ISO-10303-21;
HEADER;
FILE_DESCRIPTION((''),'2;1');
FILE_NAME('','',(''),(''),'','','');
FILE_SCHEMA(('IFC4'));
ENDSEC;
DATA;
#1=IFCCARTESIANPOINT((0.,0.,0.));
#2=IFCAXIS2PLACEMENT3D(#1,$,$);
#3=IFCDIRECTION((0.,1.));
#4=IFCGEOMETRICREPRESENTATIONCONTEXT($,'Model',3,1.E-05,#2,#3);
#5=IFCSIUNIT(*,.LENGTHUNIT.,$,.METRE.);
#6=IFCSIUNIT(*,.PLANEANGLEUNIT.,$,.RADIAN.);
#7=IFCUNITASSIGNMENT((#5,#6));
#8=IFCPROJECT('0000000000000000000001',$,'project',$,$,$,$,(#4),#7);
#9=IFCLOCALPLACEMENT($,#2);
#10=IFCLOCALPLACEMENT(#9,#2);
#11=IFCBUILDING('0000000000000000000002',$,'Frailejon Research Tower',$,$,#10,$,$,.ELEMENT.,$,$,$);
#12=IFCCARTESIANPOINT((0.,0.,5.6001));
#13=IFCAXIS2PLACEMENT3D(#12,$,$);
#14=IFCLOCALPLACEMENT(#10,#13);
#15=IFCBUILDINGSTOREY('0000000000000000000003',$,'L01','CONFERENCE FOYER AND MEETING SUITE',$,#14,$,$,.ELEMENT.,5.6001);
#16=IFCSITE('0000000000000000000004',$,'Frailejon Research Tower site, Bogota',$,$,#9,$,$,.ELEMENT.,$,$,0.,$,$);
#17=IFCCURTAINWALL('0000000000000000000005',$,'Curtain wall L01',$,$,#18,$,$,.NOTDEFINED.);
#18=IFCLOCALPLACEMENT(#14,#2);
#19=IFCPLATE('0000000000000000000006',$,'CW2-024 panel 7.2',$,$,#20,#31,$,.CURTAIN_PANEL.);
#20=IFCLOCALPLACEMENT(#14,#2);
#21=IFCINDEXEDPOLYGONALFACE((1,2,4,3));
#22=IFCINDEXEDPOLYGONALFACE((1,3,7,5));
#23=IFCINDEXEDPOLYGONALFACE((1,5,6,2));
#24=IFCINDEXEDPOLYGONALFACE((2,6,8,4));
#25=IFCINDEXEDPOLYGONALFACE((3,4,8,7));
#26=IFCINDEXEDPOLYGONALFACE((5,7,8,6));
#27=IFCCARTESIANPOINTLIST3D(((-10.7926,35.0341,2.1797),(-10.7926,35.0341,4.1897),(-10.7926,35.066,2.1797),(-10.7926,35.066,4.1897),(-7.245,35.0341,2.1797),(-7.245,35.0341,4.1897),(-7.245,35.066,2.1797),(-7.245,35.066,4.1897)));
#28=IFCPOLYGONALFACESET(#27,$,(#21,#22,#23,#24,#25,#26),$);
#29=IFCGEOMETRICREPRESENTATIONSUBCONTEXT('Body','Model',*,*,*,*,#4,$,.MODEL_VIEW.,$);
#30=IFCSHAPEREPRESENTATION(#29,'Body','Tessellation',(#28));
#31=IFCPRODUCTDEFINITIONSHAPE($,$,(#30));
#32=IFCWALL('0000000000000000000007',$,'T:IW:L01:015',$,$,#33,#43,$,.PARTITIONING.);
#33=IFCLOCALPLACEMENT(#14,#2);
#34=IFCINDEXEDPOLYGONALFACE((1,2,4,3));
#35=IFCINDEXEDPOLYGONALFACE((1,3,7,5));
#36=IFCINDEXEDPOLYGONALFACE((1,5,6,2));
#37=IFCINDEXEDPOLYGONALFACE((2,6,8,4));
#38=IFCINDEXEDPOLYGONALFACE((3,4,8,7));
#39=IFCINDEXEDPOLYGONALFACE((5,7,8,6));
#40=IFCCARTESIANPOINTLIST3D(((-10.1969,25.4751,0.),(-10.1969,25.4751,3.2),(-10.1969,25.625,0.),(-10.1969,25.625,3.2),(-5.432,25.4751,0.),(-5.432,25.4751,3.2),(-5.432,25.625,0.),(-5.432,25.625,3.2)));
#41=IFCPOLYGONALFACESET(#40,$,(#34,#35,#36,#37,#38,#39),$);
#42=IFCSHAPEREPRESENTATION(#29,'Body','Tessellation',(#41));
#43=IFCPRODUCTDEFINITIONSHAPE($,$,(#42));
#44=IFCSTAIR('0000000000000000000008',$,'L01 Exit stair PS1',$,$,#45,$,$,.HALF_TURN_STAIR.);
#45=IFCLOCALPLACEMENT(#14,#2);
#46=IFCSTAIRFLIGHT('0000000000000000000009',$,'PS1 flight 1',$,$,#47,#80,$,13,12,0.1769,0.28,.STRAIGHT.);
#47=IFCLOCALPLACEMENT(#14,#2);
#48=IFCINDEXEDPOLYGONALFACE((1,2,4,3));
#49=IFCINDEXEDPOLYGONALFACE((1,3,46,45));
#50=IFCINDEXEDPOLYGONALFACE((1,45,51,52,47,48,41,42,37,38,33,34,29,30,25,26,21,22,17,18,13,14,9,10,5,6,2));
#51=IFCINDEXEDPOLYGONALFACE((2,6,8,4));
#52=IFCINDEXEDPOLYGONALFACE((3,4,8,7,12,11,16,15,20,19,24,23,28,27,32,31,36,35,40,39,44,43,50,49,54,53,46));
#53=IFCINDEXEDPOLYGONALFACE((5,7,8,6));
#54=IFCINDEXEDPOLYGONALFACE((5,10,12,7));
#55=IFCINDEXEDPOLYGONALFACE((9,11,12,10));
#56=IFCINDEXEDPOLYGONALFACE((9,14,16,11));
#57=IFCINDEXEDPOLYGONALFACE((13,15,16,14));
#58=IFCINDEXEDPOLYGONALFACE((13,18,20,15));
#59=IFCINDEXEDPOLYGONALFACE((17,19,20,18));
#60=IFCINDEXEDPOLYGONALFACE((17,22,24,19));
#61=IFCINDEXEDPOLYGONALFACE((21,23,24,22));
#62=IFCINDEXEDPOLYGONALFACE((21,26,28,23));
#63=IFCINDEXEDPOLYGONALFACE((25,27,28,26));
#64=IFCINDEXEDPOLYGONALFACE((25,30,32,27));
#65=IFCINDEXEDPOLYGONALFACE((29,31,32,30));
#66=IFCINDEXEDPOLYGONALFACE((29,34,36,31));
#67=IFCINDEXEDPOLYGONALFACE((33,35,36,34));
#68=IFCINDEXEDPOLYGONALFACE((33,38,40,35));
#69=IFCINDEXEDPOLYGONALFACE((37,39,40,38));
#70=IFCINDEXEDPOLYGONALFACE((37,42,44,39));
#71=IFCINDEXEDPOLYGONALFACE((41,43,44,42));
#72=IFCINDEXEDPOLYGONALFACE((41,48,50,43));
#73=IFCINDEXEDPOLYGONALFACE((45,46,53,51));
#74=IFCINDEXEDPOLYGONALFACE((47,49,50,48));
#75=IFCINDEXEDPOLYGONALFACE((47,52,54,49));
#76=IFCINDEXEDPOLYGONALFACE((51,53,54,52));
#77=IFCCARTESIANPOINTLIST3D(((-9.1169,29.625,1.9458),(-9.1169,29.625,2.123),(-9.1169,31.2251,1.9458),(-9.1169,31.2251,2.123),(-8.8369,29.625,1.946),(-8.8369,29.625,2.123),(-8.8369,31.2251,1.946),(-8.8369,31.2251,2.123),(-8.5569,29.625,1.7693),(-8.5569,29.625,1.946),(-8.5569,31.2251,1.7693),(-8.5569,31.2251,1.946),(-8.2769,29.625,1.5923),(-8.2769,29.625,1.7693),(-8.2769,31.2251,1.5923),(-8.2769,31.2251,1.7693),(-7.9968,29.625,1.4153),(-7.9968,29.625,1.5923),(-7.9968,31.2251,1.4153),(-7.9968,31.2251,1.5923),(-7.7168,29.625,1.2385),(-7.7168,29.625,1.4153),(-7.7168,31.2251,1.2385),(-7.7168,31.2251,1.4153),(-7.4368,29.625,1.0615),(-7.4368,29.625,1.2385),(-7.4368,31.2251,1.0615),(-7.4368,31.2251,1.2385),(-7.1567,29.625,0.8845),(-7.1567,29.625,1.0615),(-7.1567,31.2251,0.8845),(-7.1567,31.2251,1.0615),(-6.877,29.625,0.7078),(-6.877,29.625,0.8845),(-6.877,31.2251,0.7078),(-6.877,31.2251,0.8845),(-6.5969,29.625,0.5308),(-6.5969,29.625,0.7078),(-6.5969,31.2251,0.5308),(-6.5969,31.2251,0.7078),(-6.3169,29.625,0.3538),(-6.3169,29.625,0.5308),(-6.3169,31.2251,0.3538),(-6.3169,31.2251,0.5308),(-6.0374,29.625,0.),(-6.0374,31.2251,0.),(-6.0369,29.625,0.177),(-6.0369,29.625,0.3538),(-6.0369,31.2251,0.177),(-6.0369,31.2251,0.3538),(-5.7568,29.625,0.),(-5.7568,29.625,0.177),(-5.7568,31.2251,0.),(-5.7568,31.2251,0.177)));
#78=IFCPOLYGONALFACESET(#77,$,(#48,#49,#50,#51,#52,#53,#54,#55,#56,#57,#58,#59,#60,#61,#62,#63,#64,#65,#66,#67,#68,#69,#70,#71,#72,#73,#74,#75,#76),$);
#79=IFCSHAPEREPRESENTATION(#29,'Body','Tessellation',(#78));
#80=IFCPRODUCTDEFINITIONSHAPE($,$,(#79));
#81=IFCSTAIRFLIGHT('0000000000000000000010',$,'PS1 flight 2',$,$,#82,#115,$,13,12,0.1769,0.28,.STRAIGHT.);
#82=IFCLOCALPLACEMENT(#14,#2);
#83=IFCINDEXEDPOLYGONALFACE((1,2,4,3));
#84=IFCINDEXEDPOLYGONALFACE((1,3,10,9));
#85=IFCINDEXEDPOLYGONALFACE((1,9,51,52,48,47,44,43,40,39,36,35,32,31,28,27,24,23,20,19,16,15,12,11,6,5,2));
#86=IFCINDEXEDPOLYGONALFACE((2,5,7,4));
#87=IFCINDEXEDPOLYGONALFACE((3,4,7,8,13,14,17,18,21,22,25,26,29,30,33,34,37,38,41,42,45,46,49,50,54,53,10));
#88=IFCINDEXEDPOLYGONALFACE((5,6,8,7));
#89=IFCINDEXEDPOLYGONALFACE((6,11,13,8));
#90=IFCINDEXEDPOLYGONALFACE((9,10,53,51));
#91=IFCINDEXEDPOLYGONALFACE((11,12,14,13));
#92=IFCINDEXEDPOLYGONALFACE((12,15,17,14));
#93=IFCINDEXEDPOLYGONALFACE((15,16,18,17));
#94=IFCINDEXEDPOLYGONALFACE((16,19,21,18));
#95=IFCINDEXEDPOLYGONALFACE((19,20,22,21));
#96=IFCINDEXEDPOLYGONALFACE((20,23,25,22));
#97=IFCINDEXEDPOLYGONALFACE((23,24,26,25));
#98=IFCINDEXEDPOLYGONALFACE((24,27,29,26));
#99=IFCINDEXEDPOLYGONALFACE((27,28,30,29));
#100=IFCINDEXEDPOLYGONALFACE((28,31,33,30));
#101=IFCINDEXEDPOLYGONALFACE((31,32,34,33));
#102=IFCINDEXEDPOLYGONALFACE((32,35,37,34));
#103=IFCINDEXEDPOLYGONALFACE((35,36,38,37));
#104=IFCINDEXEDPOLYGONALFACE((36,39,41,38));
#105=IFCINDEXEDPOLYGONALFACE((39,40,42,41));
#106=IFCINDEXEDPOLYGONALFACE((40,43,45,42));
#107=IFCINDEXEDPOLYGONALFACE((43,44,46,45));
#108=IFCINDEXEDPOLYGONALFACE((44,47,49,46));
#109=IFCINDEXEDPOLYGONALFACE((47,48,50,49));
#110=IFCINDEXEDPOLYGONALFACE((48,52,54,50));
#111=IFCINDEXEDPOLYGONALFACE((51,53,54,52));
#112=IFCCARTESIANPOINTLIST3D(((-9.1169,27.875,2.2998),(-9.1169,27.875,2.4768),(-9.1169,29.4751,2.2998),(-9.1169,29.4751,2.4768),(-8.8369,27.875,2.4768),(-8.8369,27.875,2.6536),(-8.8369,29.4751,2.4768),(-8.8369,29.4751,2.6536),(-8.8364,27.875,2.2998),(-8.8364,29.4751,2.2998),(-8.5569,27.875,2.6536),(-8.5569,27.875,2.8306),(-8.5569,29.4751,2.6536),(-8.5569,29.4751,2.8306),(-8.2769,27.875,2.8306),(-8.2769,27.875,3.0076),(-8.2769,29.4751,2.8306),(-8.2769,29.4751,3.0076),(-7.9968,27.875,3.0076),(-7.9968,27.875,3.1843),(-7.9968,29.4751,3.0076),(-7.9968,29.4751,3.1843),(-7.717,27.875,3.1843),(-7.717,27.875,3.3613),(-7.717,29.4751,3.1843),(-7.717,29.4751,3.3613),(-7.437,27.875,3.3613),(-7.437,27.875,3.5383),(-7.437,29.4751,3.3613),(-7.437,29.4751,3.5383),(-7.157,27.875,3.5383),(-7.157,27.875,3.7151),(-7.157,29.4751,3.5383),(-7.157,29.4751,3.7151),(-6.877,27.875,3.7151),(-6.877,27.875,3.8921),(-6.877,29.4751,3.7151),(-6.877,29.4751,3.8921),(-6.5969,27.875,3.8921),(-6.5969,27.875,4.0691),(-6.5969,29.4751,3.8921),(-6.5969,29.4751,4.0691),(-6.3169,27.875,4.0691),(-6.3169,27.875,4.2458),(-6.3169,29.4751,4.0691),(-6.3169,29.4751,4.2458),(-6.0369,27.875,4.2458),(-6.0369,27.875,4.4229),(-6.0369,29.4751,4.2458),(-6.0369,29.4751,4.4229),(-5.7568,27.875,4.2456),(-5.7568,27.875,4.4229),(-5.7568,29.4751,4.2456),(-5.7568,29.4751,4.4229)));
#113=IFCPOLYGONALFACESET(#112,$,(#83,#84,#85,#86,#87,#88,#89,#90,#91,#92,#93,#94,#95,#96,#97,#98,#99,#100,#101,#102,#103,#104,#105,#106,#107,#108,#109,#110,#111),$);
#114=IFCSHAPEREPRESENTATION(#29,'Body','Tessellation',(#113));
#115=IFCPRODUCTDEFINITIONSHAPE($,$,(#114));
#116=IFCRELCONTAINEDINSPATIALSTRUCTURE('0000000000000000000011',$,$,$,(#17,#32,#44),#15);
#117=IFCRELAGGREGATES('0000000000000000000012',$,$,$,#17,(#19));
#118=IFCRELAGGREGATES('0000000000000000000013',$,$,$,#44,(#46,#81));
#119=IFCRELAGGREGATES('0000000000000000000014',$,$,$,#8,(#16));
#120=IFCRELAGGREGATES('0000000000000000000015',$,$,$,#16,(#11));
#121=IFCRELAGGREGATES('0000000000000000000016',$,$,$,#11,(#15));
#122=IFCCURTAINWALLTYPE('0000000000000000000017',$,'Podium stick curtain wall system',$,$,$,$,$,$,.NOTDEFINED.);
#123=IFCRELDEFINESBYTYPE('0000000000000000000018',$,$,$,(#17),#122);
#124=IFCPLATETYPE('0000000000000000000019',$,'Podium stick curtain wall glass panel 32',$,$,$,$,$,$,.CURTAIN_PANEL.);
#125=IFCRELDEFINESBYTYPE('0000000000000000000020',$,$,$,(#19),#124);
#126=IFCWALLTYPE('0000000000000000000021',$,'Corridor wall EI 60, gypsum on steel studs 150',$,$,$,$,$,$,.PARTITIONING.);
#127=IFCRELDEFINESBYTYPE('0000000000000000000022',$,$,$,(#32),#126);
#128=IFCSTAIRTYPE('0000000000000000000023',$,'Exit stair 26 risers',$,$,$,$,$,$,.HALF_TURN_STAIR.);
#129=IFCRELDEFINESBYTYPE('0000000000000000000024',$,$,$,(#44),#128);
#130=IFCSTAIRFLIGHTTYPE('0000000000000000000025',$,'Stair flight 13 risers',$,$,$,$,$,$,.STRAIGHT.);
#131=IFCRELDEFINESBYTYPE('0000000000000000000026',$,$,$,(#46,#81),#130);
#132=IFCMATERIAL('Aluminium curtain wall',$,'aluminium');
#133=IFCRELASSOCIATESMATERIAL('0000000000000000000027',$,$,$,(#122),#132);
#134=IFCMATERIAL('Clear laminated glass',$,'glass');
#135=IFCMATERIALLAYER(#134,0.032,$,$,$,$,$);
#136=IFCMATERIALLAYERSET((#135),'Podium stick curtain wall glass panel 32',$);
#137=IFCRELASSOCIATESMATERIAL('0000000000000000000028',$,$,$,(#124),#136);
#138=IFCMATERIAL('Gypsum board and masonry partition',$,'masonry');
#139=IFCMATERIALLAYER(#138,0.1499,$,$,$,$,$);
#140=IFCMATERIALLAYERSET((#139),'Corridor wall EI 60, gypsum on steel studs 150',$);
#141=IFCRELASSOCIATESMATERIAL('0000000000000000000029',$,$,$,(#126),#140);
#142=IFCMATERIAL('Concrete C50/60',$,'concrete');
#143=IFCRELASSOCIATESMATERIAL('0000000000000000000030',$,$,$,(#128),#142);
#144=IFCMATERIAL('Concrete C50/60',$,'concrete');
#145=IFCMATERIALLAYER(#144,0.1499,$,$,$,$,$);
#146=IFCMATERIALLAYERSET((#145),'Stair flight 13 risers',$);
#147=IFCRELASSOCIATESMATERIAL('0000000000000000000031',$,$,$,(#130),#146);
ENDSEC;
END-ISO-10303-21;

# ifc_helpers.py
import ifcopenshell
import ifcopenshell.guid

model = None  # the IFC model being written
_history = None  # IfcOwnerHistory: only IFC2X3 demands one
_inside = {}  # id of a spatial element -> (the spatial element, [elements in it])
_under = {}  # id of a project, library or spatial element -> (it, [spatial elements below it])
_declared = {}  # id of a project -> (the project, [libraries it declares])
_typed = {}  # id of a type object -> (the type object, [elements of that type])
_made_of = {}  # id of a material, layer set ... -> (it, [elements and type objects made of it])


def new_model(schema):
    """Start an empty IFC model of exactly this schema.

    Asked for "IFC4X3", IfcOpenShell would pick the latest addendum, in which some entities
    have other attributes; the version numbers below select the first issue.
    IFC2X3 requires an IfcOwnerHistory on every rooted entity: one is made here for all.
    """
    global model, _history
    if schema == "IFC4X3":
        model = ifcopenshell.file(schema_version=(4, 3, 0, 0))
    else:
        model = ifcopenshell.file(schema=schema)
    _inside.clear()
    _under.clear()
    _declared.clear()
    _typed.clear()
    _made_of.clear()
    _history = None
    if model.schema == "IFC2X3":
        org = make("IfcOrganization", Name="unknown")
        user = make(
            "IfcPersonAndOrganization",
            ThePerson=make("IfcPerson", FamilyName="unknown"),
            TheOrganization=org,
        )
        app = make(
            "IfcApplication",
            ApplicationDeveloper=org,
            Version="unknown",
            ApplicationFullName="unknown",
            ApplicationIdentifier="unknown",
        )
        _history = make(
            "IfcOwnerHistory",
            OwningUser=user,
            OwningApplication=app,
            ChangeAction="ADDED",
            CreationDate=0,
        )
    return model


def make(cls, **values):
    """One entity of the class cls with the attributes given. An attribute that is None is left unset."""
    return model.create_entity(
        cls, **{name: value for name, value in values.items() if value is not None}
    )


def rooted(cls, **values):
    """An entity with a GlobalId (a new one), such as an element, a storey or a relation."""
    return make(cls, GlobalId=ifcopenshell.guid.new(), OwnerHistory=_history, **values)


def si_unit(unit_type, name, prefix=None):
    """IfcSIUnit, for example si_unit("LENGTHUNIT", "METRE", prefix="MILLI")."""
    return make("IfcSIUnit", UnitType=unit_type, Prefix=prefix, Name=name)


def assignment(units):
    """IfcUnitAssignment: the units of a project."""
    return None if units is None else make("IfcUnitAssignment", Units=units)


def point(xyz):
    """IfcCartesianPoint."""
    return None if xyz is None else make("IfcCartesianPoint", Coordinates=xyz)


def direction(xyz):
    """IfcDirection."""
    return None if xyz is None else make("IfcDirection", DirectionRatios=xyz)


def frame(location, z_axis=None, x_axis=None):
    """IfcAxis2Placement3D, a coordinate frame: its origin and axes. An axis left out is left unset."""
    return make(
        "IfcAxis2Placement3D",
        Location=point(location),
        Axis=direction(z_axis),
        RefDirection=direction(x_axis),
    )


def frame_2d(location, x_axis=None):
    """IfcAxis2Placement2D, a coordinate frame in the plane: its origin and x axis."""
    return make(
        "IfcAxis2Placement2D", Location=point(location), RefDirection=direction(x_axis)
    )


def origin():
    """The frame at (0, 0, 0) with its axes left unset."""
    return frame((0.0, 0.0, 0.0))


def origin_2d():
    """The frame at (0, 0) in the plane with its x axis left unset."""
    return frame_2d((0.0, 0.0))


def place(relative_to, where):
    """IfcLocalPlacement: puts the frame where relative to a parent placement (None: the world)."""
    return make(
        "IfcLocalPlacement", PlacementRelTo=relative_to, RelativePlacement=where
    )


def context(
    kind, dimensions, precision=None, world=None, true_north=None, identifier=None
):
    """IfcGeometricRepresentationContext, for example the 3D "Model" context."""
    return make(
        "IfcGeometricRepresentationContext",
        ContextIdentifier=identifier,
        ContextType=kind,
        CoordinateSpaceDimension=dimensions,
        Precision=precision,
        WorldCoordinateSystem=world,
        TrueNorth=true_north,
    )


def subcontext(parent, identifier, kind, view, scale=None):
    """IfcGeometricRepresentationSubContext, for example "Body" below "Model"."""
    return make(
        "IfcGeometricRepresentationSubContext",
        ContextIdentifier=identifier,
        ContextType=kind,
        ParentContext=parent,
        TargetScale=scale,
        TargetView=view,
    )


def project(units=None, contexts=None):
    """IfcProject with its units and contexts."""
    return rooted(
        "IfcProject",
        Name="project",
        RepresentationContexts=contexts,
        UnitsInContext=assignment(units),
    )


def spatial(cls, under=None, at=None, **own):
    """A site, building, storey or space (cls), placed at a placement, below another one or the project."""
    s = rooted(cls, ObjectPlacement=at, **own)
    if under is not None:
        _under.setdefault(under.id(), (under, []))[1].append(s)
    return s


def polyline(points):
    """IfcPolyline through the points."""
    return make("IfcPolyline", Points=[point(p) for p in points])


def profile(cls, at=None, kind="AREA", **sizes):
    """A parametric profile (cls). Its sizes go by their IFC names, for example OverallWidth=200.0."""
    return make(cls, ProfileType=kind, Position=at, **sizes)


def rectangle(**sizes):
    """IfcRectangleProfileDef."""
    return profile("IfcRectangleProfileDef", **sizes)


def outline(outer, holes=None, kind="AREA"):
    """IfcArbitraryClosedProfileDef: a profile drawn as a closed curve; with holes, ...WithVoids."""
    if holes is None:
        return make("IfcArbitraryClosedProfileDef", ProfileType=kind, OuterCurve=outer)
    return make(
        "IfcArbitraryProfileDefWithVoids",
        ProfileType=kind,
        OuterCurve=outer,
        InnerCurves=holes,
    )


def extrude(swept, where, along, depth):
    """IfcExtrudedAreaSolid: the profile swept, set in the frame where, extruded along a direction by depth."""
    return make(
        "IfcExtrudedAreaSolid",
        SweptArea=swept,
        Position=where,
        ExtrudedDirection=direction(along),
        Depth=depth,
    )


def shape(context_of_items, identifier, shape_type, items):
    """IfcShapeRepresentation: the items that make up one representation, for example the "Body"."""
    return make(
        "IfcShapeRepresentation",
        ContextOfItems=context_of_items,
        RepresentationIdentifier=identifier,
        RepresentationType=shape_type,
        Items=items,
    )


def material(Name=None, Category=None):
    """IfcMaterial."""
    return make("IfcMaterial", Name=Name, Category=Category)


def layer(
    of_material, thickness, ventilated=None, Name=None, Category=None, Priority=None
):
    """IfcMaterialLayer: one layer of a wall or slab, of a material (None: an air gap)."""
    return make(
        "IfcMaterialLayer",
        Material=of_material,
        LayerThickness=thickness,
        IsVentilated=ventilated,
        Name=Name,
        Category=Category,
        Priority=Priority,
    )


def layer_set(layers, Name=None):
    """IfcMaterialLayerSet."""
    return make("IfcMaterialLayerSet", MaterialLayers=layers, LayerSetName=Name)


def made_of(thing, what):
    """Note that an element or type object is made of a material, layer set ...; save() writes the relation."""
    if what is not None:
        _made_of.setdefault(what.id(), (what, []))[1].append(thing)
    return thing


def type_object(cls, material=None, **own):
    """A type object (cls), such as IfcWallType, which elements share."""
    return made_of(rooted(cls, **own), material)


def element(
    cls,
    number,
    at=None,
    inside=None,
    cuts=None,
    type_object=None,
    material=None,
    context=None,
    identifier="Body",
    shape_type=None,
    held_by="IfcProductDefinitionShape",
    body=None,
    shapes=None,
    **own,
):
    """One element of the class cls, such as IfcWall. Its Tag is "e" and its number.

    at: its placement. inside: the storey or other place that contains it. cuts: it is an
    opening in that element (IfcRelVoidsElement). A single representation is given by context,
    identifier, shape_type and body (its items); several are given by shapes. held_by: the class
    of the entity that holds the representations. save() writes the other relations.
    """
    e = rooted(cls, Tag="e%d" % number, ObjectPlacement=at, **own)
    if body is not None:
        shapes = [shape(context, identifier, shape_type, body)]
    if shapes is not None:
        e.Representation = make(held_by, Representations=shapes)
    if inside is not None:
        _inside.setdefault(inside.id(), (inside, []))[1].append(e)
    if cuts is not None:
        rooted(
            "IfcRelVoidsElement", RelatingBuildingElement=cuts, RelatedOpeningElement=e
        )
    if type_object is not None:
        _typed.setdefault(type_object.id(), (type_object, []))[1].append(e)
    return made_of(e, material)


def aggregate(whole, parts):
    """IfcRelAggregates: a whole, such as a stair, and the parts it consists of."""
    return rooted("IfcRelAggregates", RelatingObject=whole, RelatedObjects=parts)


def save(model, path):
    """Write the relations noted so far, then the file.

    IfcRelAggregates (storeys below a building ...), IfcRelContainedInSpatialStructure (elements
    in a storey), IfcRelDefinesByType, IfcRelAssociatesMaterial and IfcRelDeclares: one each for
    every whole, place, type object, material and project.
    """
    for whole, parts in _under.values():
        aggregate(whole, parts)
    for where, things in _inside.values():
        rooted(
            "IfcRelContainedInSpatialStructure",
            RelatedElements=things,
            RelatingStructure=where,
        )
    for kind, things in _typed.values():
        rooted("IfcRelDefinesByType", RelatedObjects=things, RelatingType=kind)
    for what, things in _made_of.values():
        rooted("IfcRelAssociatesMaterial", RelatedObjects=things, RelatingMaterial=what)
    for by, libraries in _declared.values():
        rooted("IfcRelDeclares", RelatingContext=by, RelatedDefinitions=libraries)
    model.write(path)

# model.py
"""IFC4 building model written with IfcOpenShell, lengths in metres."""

from ifc_helpers import new_model, si_unit, direction, frame, frame_2d, origin, origin_2d, place, context, subcontext, project, spatial, polyline, rectangle, outline, extrude, material, layer, layer_set, type_object, element, aggregate, save


model = new_model("IFC4")

# Units and contexts
model_context = context("Model", 3, precision=1e-05, world=origin(), true_north=direction((0.0, 1.0)))
body_context = subcontext(model_context, "Body", "Model", "MODEL_VIEW")
ifc_project = project(units=[si_unit("LENGTHUNIT", "METRE"), si_unit("PLANEANGLEUNIT", "RADIAN")], contexts=[model_context])

# Site, building, storey
site_placement = place(None, origin())
site = spatial("IfcSite", under=ifc_project, at=site_placement, Name="Frailejon Research Tower site, Bogota", CompositionType="ELEMENT", RefElevation=0.0)
building_placement = place(site_placement, origin())
building = spatial("IfcBuilding", under=site, at=building_placement, Name="Frailejon Research Tower", CompositionType="ELEMENT")
storey_placement = place(building_placement, frame((0.0, 0.0, 5.6001)))
storey = spatial("IfcBuildingStorey", under=building, at=storey_placement, Name="L01", Description="CONFERENCE FOYER AND MEETING SUITE", CompositionType="ELEMENT", Elevation=5.6001)

# Curtain wall, plate
ifc_material_1 = material(Name="Aluminium curtain wall", Category="aluminium")
curtain_wall_type = type_object("IfcCurtainWallType", Name="Podium stick curtain wall system", PredefinedType="NOTDEFINED", material=ifc_material_1)
curtain_wall_placement = place(storey_placement, origin())
curtain_wall = element("IfcCurtainWall", 1, at=curtain_wall_placement, inside=storey, type_object=curtain_wall_type, Name="Curtain wall L01", PredefinedType="NOTDEFINED")
ifc_material_2 = material(Name="Clear laminated glass", Category="glass")
ifc_layer_1 = layer(ifc_material_2, 0.032)
ifc_layer_set_1 = layer_set([ifc_layer_1], Name="Podium stick curtain wall glass panel 32")
plate_type = type_object("IfcPlateType", Name="Podium stick curtain wall glass panel 32", PredefinedType="CURTAIN_PANEL", material=ifc_layer_set_1)
plate_1_placement = place(storey_placement, frame((-9.0188, 35.05, 2.1797), z_axis=(0.0, 0.0, 1.0), x_axis=(-1.0, 0.0, 0.0)))
plate_1 = element("IfcPlate", 2, at=plate_1_placement, type_object=plate_type, Name="CW2-024 panel 7.2", PredefinedType="CURTAIN_PANEL", context=body_context, shape_type="SweptSolid", body=[
    extrude(rectangle(XDim=3.5476, YDim=0.032, at=origin_2d()), origin(), (0.0, 0.0, 1.0), 2.01),
])
aggregate(curtain_wall, [plate_1])

# Wall
ifc_material_3 = material(Name="Gypsum board and masonry partition", Category="masonry")
ifc_layer_2 = layer(ifc_material_3, 0.1499)
ifc_layer_set_2 = layer_set([ifc_layer_2], Name="Corridor wall EI 60, gypsum on steel studs 150")
wall_type = type_object("IfcWallType", Name="Corridor wall EI 60, gypsum on steel studs 150", PredefinedType="PARTITIONING", material=ifc_layer_set_2)
wall_placement = place(storey_placement, frame((-10.1968, 25.55, 0.0), z_axis=(0.0, 0.0, 1.0), x_axis=(1.0, 0.0, 0.0)))
element("IfcWall", 3, at=wall_placement, inside=storey, type_object=wall_type, Name="T:IW:L01:015", PredefinedType="PARTITIONING", context=body_context, shape_type="SweptSolid", body=[
    extrude(rectangle(XDim=4.7649, YDim=0.1499, at=frame_2d((2.3823, 0.0))), origin(), (0.0, 0.0, 1.0), 3.2),
])

# Stair, stair flights
ifc_material_4 = material(Name="Concrete C50/60", Category="concrete")
stair_type = type_object("IfcStairType", Name="Exit stair 26 risers", PredefinedType="HALF_TURN_STAIR", material=ifc_material_4)
stair_placement = place(storey_placement, origin())
stair = element("IfcStair", 4, at=stair_placement, inside=storey, type_object=stair_type, Name="L01 Exit stair PS1", PredefinedType="HALF_TURN_STAIR")
ifc_material_5 = material(Name="Concrete C50/60", Category="concrete")
ifc_layer_3 = layer(ifc_material_5, 0.1499)
ifc_layer_set_3 = layer_set([ifc_layer_3], Name="Stair flight 13 risers")
stair_flight_type = type_object("IfcStairFlightType", Name="Stair flight 13 risers", PredefinedType="STRAIGHT", material=ifc_layer_set_3)
stair_flight_1_placement = place(storey_placement, frame((-5.7568, 30.425, 0.0), z_axis=(0.0, 0.0, 1.0), x_axis=(-1.0, 0.0, 0.0)))
stair_flight_1 = element("IfcStairFlight", 5, at=stair_flight_1_placement, type_object=stair_flight_type, Name="PS1 flight 1", NumberOfRisers=13, NumberOfTreads=12, PredefinedType="STRAIGHT", RiserHeight=0.1769, TreadLength=0.28, context=body_context, shape_type="SweptSolid", body=[
    extrude(outline(polyline([(0.0, 0.0), (0.0, 0.177), (0.28, 0.177), (0.28, 0.3538), (0.5601, 0.3538), (0.5601, 0.5308), (0.8401, 0.5308), (0.8401, 0.7078), (1.1201, 0.7078), (1.1201, 0.8845), (1.3999, 0.8845), (1.3999, 1.0615), (1.6799, 1.0615), (1.6799, 1.2385), (1.96, 1.2385), (1.96, 1.4153), (2.24, 1.4153), (2.24, 1.5923), (2.52, 1.5923), (2.52, 1.7693), (2.8, 1.7693), (2.8, 1.946), (3.0801, 1.946), (3.0801, 2.123), (3.3601, 2.123), (3.3601, 2.3), (3.3601, 1.9458), (0.2805, 0.0), (0.0, 0.0)])), frame((0.0, 0.8, 0.0), z_axis=(0.0, -1.0, 0.0), x_axis=(1.0, 0.0, 0.0)), (0.0, 0.0, 1.0), 1.6001),
])
stair_flight_2_placement = place(storey_placement, frame((-9.1169, 28.675, 2.2998), z_axis=(0.0, 0.0, 1.0), x_axis=(1.0, 0.0, 0.0)))
stair_flight_2 = element("IfcStairFlight", 6, at=stair_flight_2_placement, type_object=stair_flight_type, Name="PS1 flight 2", NumberOfRisers=13, NumberOfTreads=12, PredefinedType="STRAIGHT", RiserHeight=0.1769, TreadLength=0.28, context=body_context, shape_type="SweptSolid", body=[
    extrude(outline(polyline([(0.0, 0.0), (0.0, 0.177), (0.28, 0.177), (0.28, 0.3538), (0.5601, 0.3538), (0.5601, 0.5308), (0.8401, 0.5308), (0.8401, 0.7078), (1.1201, 0.7078), (1.1201, 0.8845), (1.3999, 0.8845), (1.3999, 1.0615), (1.6799, 1.0615), (1.6799, 1.2385), (1.96, 1.2385), (1.96, 1.4153), (2.24, 1.4153), (2.24, 1.5923), (2.52, 1.5923), (2.52, 1.7693), (2.8, 1.7693), (2.8, 1.946), (3.0801, 1.946), (3.0801, 2.123), (3.3601, 2.123), (3.3601, 2.3), (3.3601, 1.9458), (0.2805, 0.0), (0.0, 0.0)])), frame((0.0, 0.8, 0.0), z_axis=(0.0, -1.0, 0.0), x_axis=(1.0, 0.0, 0.0)), (0.0, 0.0, 1.0), 1.6001),
])
aggregate(stair, [stair_flight_1, stair_flight_2])

save(model, "model.ifc")
